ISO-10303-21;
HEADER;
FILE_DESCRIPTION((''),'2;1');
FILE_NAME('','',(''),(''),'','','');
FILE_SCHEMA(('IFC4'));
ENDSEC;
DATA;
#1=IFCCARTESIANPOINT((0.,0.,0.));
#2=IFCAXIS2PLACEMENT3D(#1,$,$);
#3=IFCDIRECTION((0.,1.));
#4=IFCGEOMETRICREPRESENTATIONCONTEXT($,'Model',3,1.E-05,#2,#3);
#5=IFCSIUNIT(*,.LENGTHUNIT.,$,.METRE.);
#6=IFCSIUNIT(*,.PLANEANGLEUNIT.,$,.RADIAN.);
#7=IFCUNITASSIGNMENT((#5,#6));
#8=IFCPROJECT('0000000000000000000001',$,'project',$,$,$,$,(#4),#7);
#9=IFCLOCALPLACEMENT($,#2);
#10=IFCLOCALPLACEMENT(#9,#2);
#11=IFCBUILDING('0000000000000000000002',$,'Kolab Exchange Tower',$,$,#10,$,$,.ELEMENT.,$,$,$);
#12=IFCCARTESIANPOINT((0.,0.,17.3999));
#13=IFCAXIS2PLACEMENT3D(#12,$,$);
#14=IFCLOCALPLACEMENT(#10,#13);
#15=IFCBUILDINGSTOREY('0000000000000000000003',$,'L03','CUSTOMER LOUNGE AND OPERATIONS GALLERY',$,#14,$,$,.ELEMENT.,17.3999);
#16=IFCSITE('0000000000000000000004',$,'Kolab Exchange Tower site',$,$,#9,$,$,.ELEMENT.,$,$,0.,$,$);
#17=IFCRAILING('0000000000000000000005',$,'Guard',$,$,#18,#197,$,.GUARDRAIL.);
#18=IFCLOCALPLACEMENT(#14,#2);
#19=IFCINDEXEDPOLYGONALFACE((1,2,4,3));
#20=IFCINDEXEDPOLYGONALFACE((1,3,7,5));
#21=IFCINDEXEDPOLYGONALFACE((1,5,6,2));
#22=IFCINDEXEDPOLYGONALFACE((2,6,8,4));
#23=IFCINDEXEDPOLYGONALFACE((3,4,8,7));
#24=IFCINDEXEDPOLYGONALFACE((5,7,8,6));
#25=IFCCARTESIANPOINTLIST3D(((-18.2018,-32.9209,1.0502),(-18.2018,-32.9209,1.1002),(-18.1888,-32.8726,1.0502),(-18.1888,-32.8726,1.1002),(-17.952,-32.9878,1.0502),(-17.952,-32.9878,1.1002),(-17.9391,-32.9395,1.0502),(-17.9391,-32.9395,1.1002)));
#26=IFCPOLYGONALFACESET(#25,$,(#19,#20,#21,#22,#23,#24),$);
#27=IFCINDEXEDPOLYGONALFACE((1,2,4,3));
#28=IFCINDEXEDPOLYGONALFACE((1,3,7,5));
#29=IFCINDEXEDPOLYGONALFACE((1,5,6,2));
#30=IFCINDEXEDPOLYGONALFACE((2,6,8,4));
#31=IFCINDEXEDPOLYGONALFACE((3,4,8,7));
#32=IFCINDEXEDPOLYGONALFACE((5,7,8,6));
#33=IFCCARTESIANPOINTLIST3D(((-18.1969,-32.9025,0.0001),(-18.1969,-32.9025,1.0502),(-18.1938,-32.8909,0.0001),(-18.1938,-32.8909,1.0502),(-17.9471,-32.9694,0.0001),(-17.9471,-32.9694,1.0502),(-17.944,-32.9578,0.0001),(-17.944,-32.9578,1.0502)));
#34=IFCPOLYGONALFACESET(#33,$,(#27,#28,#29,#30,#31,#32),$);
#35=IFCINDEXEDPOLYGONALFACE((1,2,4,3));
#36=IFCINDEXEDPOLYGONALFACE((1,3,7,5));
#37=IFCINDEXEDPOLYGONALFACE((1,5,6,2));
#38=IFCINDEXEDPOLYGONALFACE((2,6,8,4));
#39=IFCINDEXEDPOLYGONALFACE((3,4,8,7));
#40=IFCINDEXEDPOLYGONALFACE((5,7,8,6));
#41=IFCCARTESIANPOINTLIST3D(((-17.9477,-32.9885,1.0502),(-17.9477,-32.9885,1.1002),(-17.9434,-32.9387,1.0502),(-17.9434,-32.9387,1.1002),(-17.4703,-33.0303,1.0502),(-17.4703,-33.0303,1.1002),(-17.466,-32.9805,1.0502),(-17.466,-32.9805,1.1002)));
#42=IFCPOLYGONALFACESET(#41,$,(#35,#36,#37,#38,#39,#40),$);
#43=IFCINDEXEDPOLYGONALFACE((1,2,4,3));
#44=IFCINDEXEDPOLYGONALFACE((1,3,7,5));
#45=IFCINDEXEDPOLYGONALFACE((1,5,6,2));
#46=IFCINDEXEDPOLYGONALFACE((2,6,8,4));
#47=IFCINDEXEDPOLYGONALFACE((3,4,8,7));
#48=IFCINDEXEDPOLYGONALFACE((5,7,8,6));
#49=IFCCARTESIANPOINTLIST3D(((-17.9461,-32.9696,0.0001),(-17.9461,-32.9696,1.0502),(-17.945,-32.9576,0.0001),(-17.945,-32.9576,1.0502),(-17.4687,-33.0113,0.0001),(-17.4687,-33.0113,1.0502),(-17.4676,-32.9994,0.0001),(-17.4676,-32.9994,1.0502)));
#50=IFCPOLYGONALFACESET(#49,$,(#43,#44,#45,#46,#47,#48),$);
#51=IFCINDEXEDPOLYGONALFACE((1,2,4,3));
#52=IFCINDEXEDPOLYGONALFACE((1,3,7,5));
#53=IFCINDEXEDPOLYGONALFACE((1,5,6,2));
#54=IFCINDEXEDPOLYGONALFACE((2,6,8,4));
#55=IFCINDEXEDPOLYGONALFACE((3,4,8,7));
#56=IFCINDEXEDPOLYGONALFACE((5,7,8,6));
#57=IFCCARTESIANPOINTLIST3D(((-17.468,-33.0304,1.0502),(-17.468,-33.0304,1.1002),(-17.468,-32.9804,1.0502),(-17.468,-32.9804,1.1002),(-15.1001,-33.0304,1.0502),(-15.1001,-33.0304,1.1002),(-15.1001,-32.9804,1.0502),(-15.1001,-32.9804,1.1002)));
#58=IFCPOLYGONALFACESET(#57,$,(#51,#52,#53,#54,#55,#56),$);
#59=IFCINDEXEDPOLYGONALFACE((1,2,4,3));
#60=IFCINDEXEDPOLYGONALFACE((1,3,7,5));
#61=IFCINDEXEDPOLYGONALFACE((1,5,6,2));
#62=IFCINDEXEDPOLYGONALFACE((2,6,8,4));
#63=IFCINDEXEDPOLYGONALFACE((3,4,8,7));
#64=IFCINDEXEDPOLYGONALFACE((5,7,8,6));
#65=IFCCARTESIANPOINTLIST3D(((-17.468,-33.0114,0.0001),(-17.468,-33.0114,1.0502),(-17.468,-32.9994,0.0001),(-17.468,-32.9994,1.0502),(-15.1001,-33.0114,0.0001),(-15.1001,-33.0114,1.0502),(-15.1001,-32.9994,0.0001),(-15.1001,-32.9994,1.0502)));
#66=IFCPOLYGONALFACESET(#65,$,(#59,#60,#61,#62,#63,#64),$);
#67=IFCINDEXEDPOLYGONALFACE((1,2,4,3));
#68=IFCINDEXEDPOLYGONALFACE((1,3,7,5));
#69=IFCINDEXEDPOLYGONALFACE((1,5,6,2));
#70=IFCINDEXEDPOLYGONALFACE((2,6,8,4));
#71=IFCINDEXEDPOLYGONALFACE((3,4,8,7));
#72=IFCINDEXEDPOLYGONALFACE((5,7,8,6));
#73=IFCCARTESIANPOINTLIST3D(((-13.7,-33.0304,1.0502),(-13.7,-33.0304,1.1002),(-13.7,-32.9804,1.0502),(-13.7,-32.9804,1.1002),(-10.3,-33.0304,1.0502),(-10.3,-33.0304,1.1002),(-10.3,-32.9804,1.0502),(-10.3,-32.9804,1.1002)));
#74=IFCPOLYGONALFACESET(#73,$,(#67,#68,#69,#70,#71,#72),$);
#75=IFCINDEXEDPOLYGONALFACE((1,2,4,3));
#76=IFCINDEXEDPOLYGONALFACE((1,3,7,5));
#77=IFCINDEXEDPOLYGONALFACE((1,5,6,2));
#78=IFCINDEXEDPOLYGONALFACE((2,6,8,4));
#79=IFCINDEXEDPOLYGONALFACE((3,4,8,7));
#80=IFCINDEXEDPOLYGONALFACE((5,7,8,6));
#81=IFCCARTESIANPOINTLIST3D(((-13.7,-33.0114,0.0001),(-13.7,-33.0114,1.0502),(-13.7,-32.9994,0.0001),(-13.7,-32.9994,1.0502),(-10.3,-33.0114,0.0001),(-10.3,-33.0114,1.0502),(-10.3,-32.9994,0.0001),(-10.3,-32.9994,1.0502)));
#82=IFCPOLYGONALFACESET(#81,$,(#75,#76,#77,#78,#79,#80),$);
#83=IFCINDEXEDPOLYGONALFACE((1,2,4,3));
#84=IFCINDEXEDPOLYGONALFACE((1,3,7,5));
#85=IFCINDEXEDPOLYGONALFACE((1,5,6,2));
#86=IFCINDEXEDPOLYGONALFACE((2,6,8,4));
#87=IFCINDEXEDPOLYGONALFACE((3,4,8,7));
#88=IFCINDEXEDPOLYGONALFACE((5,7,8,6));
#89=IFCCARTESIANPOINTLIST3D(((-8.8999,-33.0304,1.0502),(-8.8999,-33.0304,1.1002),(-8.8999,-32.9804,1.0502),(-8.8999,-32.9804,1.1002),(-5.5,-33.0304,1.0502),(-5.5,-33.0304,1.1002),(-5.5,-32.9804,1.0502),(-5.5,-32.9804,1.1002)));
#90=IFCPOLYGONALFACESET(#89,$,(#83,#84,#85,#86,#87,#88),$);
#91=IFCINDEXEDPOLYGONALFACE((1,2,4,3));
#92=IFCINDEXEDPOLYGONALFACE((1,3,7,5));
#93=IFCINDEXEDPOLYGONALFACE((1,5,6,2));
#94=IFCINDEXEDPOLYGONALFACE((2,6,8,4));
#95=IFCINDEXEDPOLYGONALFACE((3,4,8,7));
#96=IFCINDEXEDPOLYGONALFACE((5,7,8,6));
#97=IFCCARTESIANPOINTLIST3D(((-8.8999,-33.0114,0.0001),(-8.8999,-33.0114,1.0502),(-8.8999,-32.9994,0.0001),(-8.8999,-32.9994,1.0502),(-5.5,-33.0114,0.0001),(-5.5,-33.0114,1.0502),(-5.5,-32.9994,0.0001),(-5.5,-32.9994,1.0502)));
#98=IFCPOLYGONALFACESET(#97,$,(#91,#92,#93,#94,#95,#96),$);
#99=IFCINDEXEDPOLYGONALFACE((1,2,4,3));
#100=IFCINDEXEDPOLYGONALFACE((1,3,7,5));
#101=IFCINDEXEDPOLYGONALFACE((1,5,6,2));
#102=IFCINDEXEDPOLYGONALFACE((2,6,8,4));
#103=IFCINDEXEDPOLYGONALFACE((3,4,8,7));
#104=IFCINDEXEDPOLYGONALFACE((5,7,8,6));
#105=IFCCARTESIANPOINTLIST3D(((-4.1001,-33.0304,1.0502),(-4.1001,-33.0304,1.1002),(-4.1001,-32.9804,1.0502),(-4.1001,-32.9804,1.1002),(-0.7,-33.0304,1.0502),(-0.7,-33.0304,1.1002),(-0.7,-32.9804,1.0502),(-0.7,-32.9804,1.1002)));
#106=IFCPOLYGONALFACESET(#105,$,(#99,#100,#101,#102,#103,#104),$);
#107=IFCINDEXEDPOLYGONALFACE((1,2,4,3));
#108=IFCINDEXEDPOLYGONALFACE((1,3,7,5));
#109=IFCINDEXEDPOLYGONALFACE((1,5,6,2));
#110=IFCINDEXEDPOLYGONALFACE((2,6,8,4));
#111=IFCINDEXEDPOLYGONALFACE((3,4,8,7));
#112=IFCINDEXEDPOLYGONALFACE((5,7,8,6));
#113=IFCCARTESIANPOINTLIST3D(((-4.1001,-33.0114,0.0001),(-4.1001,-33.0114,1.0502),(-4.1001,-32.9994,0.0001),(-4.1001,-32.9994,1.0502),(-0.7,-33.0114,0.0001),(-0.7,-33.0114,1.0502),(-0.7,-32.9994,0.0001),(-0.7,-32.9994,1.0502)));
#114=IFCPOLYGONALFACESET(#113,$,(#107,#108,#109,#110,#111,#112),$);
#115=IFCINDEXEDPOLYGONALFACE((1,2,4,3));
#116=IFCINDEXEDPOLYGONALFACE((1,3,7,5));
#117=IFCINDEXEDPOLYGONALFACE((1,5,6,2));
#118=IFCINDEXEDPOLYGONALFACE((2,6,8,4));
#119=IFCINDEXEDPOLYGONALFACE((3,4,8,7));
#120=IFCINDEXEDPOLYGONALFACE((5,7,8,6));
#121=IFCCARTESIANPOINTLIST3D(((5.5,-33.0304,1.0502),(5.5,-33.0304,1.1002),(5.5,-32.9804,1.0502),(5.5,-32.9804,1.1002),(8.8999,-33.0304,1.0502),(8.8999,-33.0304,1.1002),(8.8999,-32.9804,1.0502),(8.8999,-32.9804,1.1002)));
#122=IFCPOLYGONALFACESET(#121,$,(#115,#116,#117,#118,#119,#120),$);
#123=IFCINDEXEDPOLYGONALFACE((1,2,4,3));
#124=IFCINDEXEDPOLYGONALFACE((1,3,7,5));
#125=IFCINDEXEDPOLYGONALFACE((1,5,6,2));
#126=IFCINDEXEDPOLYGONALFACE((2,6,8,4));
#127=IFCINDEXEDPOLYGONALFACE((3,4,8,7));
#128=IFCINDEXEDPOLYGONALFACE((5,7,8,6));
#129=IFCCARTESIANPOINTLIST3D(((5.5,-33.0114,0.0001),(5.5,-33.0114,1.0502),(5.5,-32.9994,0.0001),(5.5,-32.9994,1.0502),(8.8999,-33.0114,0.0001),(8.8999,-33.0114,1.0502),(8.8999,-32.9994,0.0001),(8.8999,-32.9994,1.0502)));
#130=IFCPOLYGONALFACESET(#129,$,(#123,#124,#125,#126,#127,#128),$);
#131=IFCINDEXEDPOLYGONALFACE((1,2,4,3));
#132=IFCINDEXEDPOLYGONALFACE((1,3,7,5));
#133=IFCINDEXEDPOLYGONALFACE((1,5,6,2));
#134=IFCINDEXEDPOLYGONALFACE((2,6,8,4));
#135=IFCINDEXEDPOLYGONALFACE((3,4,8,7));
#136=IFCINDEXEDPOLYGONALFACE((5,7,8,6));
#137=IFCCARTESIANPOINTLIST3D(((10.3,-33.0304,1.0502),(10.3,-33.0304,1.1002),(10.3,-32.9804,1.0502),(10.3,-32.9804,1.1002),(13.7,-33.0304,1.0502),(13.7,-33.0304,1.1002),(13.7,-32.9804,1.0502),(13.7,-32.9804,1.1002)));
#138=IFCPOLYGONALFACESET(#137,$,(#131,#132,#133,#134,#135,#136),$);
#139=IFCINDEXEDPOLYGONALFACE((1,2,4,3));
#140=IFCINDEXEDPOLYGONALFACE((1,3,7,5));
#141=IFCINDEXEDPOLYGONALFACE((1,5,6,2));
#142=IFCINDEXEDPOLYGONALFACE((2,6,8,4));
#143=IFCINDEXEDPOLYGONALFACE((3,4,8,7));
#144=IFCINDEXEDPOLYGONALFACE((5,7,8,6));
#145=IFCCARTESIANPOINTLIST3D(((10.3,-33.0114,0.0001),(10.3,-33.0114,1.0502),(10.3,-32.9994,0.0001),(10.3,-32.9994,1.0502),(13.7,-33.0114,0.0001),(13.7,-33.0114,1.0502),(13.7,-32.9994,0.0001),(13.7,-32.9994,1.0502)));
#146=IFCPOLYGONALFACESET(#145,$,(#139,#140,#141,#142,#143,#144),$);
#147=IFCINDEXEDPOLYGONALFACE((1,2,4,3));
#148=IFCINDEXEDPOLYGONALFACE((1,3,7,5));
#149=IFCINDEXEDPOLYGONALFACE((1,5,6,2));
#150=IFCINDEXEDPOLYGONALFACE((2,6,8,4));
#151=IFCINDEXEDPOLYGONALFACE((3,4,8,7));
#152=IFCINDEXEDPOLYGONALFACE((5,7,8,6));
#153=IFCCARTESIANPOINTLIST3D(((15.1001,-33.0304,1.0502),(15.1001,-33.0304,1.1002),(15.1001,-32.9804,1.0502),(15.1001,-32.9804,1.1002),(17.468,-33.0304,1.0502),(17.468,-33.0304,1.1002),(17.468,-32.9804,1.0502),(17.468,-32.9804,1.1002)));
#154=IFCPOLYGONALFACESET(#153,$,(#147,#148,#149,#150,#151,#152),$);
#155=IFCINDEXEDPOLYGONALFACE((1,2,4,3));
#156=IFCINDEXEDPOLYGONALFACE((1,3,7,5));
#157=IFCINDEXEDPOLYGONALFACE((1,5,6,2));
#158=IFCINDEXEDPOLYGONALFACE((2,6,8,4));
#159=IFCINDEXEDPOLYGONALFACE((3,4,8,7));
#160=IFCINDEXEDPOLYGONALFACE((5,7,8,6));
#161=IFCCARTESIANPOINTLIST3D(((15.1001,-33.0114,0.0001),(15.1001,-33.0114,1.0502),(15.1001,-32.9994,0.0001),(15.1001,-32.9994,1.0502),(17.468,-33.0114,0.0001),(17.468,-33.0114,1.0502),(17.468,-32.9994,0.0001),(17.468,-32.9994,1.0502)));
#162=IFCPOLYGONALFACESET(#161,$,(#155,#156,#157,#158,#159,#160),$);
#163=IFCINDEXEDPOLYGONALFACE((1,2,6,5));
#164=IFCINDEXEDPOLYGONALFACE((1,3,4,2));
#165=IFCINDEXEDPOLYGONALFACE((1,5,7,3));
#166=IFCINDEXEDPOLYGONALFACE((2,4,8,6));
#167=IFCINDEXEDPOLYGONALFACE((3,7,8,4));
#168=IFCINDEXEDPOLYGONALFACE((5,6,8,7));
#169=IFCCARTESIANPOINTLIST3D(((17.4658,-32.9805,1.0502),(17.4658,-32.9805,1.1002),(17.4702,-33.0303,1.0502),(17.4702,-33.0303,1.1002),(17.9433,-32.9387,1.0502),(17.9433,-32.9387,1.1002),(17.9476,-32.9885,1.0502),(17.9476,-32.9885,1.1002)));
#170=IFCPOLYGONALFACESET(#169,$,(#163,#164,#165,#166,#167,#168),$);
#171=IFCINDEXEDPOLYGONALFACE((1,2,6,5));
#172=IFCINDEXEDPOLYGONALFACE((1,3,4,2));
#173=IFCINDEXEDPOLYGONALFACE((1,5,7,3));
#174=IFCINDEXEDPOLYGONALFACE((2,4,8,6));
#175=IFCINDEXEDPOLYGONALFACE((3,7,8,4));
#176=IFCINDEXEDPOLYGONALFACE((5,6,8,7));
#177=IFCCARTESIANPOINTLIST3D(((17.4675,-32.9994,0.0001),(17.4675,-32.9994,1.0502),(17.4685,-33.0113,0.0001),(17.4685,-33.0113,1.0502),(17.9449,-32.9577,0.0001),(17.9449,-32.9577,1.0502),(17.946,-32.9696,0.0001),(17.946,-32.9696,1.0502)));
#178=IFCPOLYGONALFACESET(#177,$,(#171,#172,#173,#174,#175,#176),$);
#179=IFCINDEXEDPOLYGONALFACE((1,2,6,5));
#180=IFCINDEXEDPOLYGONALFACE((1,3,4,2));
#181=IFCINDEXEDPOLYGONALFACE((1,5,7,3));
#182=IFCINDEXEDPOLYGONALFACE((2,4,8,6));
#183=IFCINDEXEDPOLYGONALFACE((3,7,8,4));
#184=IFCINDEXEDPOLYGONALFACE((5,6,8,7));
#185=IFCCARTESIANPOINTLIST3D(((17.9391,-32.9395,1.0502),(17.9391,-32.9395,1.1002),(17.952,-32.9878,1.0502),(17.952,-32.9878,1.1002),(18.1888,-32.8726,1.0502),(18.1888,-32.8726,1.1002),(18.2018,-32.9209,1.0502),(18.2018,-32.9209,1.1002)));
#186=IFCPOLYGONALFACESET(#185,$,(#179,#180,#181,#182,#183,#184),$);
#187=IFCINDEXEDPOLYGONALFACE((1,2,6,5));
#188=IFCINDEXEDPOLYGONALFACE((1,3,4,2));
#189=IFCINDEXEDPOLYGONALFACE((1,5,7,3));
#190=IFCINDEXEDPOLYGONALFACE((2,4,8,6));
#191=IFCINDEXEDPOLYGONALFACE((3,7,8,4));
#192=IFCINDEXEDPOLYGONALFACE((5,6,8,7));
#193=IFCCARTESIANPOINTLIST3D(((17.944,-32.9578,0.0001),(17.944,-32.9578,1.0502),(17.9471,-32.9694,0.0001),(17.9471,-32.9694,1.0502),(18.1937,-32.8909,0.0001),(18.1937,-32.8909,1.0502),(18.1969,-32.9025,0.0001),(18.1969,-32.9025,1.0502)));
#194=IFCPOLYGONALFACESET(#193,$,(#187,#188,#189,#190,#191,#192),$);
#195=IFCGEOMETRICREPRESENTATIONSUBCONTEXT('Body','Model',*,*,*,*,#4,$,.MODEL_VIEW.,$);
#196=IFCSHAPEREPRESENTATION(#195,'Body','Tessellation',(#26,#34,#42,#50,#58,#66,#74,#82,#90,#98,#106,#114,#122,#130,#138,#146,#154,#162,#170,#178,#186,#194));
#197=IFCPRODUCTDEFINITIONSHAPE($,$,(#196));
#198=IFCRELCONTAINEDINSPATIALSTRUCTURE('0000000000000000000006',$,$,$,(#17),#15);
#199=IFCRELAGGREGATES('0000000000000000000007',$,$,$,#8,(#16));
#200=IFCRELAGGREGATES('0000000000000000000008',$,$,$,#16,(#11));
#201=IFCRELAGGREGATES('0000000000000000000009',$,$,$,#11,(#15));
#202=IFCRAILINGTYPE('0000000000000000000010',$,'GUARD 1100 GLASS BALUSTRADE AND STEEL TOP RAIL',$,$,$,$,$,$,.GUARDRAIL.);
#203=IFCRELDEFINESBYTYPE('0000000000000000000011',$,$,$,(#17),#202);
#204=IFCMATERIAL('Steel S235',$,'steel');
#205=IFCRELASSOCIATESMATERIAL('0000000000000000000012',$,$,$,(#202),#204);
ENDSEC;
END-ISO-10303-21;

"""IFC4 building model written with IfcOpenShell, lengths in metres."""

from ifc_helpers import new_model, si_unit, direction, frame, frame_2d, origin, origin_2d, place, context, subcontext, project, spatial, rectangle, extrude, material, type_object, element, save


model = new_model("IFC4")

# Units and contexts
model_context = context("Model", 3, precision=1e-05, world=origin(), true_north=direction((0.0, 1.0)))
body_context = subcontext(model_context, "Body", "Model", "MODEL_VIEW")
ifc_project = project(units=[si_unit("LENGTHUNIT", "METRE"), si_unit("PLANEANGLEUNIT", "RADIAN")], contexts=[model_context])

# Site, building, storey
site_placement = place(None, origin())
site = spatial("IfcSite", under=ifc_project, at=site_placement, Name="Kolab Exchange Tower site", CompositionType="ELEMENT", RefElevation=0.0)
building_placement = place(site_placement, origin())
building = spatial("IfcBuilding", under=site, at=building_placement, Name="Kolab Exchange Tower", CompositionType="ELEMENT")
storey_placement = place(building_placement, frame((0.0, 0.0, 17.3999)))
storey = spatial("IfcBuildingStorey", under=building, at=storey_placement, Name="L03", Description="CUSTOMER LOUNGE AND OPERATIONS GALLERY", CompositionType="ELEMENT", Elevation=17.3999)

# Railing
ifc_material_1 = material(Name="Steel S235", Category="steel")
railing_type = type_object("IfcRailingType", Name="GUARD 1100 GLASS BALUSTRADE AND STEEL TOP RAIL", PredefinedType="GUARDRAIL", material=ifc_material_1)
railing_placement = place(storey_placement, frame((-18.1953, -32.8967, 0.0)))
element("IfcRailing", 1, at=railing_placement, inside=storey, type_object=railing_type, Name="Guard", PredefinedType="GUARDRAIL", context=body_context, shape_type="SweptSolid", body=[
    extrude(rectangle(XDim=0.05, YDim=0.05, at=origin_2d()), frame((0.0, 0.0, 1.0752), z_axis=(0.965952, -0.25872, 0.0), x_axis=(0.25872, 0.965952, 0.0)), (0.0, 0.0, 1.0), 0.2585),
    extrude(rectangle(XDim=0.012, YDim=1.0501, at=frame_2d((0.0, 0.5251))), frame((0.0, 0.0, 0.0), z_axis=(0.965952, -0.25872, 0.0), x_axis=(0.25872, 0.965952, 0.0)), (0.0, 0.0, 1.0), 0.2585),
    extrude(rectangle(XDim=0.05, YDim=0.05, at=origin_2d()), frame((0.2498, -0.0669, 1.0752), z_axis=(0.9962, -0.087091, 0.0), x_axis=(0.087091, 0.9962, 0.0)), (0.0, 0.0, 1.0), 0.4792),
    extrude(rectangle(XDim=0.012, YDim=1.0501, at=frame_2d((0.0, 0.5251))), frame((0.2498, -0.0669, 0.0), z_axis=(0.9962, -0.087091, 0.0), x_axis=(0.087091, 0.9962, 0.0)), (0.0, 0.0, 1.0), 0.4792),
    extrude(rectangle(XDim=0.05, YDim=0.05, at=origin_2d()), frame((0.7273, -0.1086, 1.0752), z_axis=(1.0, 0.0, 0.0), x_axis=(0.0, 1.0, 0.0)), (0.0, 0.0, 1.0), 2.3679),
    extrude(rectangle(XDim=0.012, YDim=1.0501, at=frame_2d((0.0, 0.5251))), frame((0.7273, -0.1086, 0.0), z_axis=(1.0, 0.0, 0.0), x_axis=(0.0, 1.0, 0.0)), (0.0, 0.0, 1.0), 2.3679),
    extrude(rectangle(XDim=0.05, YDim=0.05, at=origin_2d()), frame((4.4954, -0.1086, 1.0752), z_axis=(1.0, 0.0, 0.0), x_axis=(0.0, 1.0, 0.0)), (0.0, 0.0, 1.0), 3.3999),
    extrude(rectangle(XDim=0.012, YDim=1.0501, at=frame_2d((0.0, 0.5251))), frame((4.4954, -0.1086, 0.0), z_axis=(1.0, 0.0, 0.0), x_axis=(0.0, 1.0, 0.0)), (0.0, 0.0, 1.0), 3.3999),
    extrude(rectangle(XDim=0.05, YDim=0.05, at=origin_2d()), frame((9.2954, -0.1086, 1.0752), z_axis=(1.0, 0.0, 0.0), x_axis=(0.0, 1.0, 0.0)), (0.0, 0.0, 1.0), 3.3999),
    extrude(rectangle(XDim=0.012, YDim=1.0501, at=frame_2d((0.0, 0.5251))), frame((9.2954, -0.1086, 0.0), z_axis=(1.0, 0.0, 0.0), x_axis=(0.0, 1.0, 0.0)), (0.0, 0.0, 1.0), 3.3999),
    extrude(rectangle(XDim=0.05, YDim=0.05, at=origin_2d()), frame((14.0952, -0.1086, 1.0752), z_axis=(1.0, 0.0, 0.0), x_axis=(0.0, 1.0, 0.0)), (0.0, 0.0, 1.0), 3.4001),
    extrude(rectangle(XDim=0.012, YDim=1.0501, at=frame_2d((0.0, 0.5251))), frame((14.0952, -0.1086, 0.0), z_axis=(1.0, 0.0, 0.0), x_axis=(0.0, 1.0, 0.0)), (0.0, 0.0, 1.0), 3.4001),
    extrude(rectangle(XDim=0.05, YDim=0.05, at=origin_2d()), frame((23.6953, -0.1086, 1.0752), z_axis=(1.0, 0.0, 0.0), x_axis=(0.0, 1.0, 0.0)), (0.0, 0.0, 1.0), 3.3999),
    extrude(rectangle(XDim=0.012, YDim=1.0501, at=frame_2d((0.0, 0.5251))), frame((23.6953, -0.1086, 0.0), z_axis=(1.0, 0.0, 0.0), x_axis=(0.0, 1.0, 0.0)), (0.0, 0.0, 1.0), 3.3999),
    extrude(rectangle(XDim=0.05, YDim=0.05, at=origin_2d()), frame((28.4954, -0.1086, 1.0752), z_axis=(1.0, 0.0, 0.0), x_axis=(0.0, 1.0, 0.0)), (0.0, 0.0, 1.0), 3.3999),
    extrude(rectangle(XDim=0.012, YDim=1.0501, at=frame_2d((0.0, 0.5251))), frame((28.4954, -0.1086, 0.0), z_axis=(1.0, 0.0, 0.0), x_axis=(0.0, 1.0, 0.0)), (0.0, 0.0, 1.0), 3.3999),
    extrude(rectangle(XDim=0.05, YDim=0.05, at=origin_2d()), frame((33.2954, -0.1086, 1.0752), z_axis=(1.0, 0.0, 0.0), x_axis=(0.0, 1.0, 0.0)), (0.0, 0.0, 1.0), 2.3679),
    extrude(rectangle(XDim=0.012, YDim=1.0501, at=frame_2d((0.0, 0.5251))), frame((33.2954, -0.1086, 0.0), z_axis=(1.0, 0.0, 0.0), x_axis=(0.0, 1.0, 0.0)), (0.0, 0.0, 1.0), 2.3679),
    extrude(rectangle(XDim=0.05, YDim=0.05, at=origin_2d()), frame((35.6633, -0.1086, 1.0752), z_axis=(0.9962, 0.087091, 0.0), x_axis=(-0.087091, 0.9962, 0.0)), (0.0, 0.0, 1.0), 0.4792),
    extrude(rectangle(XDim=0.012, YDim=1.0501, at=frame_2d((0.0, 0.5251))), frame((35.6633, -0.1086, 0.0), z_axis=(0.9962, 0.087091, 0.0), x_axis=(-0.087091, 0.9962, 0.0)), (0.0, 0.0, 1.0), 0.4792),
    extrude(rectangle(XDim=0.05, YDim=0.05, at=origin_2d()), frame((36.1409, -0.0669, 1.0752), z_axis=(0.965952, 0.25872, 0.0), x_axis=(-0.25872, 0.965952, 0.0)), (0.0, 0.0, 1.0), 0.2585),
    extrude(rectangle(XDim=0.012, YDim=1.0501, at=frame_2d((0.0, 0.5251))), frame((36.1409, -0.0669, 0.0), z_axis=(0.965952, 0.25872, 0.0), x_axis=(-0.25872, 0.965952, 0.0)), (0.0, 0.0, 1.0), 0.2585),
])

save(model, "model.ifc")
